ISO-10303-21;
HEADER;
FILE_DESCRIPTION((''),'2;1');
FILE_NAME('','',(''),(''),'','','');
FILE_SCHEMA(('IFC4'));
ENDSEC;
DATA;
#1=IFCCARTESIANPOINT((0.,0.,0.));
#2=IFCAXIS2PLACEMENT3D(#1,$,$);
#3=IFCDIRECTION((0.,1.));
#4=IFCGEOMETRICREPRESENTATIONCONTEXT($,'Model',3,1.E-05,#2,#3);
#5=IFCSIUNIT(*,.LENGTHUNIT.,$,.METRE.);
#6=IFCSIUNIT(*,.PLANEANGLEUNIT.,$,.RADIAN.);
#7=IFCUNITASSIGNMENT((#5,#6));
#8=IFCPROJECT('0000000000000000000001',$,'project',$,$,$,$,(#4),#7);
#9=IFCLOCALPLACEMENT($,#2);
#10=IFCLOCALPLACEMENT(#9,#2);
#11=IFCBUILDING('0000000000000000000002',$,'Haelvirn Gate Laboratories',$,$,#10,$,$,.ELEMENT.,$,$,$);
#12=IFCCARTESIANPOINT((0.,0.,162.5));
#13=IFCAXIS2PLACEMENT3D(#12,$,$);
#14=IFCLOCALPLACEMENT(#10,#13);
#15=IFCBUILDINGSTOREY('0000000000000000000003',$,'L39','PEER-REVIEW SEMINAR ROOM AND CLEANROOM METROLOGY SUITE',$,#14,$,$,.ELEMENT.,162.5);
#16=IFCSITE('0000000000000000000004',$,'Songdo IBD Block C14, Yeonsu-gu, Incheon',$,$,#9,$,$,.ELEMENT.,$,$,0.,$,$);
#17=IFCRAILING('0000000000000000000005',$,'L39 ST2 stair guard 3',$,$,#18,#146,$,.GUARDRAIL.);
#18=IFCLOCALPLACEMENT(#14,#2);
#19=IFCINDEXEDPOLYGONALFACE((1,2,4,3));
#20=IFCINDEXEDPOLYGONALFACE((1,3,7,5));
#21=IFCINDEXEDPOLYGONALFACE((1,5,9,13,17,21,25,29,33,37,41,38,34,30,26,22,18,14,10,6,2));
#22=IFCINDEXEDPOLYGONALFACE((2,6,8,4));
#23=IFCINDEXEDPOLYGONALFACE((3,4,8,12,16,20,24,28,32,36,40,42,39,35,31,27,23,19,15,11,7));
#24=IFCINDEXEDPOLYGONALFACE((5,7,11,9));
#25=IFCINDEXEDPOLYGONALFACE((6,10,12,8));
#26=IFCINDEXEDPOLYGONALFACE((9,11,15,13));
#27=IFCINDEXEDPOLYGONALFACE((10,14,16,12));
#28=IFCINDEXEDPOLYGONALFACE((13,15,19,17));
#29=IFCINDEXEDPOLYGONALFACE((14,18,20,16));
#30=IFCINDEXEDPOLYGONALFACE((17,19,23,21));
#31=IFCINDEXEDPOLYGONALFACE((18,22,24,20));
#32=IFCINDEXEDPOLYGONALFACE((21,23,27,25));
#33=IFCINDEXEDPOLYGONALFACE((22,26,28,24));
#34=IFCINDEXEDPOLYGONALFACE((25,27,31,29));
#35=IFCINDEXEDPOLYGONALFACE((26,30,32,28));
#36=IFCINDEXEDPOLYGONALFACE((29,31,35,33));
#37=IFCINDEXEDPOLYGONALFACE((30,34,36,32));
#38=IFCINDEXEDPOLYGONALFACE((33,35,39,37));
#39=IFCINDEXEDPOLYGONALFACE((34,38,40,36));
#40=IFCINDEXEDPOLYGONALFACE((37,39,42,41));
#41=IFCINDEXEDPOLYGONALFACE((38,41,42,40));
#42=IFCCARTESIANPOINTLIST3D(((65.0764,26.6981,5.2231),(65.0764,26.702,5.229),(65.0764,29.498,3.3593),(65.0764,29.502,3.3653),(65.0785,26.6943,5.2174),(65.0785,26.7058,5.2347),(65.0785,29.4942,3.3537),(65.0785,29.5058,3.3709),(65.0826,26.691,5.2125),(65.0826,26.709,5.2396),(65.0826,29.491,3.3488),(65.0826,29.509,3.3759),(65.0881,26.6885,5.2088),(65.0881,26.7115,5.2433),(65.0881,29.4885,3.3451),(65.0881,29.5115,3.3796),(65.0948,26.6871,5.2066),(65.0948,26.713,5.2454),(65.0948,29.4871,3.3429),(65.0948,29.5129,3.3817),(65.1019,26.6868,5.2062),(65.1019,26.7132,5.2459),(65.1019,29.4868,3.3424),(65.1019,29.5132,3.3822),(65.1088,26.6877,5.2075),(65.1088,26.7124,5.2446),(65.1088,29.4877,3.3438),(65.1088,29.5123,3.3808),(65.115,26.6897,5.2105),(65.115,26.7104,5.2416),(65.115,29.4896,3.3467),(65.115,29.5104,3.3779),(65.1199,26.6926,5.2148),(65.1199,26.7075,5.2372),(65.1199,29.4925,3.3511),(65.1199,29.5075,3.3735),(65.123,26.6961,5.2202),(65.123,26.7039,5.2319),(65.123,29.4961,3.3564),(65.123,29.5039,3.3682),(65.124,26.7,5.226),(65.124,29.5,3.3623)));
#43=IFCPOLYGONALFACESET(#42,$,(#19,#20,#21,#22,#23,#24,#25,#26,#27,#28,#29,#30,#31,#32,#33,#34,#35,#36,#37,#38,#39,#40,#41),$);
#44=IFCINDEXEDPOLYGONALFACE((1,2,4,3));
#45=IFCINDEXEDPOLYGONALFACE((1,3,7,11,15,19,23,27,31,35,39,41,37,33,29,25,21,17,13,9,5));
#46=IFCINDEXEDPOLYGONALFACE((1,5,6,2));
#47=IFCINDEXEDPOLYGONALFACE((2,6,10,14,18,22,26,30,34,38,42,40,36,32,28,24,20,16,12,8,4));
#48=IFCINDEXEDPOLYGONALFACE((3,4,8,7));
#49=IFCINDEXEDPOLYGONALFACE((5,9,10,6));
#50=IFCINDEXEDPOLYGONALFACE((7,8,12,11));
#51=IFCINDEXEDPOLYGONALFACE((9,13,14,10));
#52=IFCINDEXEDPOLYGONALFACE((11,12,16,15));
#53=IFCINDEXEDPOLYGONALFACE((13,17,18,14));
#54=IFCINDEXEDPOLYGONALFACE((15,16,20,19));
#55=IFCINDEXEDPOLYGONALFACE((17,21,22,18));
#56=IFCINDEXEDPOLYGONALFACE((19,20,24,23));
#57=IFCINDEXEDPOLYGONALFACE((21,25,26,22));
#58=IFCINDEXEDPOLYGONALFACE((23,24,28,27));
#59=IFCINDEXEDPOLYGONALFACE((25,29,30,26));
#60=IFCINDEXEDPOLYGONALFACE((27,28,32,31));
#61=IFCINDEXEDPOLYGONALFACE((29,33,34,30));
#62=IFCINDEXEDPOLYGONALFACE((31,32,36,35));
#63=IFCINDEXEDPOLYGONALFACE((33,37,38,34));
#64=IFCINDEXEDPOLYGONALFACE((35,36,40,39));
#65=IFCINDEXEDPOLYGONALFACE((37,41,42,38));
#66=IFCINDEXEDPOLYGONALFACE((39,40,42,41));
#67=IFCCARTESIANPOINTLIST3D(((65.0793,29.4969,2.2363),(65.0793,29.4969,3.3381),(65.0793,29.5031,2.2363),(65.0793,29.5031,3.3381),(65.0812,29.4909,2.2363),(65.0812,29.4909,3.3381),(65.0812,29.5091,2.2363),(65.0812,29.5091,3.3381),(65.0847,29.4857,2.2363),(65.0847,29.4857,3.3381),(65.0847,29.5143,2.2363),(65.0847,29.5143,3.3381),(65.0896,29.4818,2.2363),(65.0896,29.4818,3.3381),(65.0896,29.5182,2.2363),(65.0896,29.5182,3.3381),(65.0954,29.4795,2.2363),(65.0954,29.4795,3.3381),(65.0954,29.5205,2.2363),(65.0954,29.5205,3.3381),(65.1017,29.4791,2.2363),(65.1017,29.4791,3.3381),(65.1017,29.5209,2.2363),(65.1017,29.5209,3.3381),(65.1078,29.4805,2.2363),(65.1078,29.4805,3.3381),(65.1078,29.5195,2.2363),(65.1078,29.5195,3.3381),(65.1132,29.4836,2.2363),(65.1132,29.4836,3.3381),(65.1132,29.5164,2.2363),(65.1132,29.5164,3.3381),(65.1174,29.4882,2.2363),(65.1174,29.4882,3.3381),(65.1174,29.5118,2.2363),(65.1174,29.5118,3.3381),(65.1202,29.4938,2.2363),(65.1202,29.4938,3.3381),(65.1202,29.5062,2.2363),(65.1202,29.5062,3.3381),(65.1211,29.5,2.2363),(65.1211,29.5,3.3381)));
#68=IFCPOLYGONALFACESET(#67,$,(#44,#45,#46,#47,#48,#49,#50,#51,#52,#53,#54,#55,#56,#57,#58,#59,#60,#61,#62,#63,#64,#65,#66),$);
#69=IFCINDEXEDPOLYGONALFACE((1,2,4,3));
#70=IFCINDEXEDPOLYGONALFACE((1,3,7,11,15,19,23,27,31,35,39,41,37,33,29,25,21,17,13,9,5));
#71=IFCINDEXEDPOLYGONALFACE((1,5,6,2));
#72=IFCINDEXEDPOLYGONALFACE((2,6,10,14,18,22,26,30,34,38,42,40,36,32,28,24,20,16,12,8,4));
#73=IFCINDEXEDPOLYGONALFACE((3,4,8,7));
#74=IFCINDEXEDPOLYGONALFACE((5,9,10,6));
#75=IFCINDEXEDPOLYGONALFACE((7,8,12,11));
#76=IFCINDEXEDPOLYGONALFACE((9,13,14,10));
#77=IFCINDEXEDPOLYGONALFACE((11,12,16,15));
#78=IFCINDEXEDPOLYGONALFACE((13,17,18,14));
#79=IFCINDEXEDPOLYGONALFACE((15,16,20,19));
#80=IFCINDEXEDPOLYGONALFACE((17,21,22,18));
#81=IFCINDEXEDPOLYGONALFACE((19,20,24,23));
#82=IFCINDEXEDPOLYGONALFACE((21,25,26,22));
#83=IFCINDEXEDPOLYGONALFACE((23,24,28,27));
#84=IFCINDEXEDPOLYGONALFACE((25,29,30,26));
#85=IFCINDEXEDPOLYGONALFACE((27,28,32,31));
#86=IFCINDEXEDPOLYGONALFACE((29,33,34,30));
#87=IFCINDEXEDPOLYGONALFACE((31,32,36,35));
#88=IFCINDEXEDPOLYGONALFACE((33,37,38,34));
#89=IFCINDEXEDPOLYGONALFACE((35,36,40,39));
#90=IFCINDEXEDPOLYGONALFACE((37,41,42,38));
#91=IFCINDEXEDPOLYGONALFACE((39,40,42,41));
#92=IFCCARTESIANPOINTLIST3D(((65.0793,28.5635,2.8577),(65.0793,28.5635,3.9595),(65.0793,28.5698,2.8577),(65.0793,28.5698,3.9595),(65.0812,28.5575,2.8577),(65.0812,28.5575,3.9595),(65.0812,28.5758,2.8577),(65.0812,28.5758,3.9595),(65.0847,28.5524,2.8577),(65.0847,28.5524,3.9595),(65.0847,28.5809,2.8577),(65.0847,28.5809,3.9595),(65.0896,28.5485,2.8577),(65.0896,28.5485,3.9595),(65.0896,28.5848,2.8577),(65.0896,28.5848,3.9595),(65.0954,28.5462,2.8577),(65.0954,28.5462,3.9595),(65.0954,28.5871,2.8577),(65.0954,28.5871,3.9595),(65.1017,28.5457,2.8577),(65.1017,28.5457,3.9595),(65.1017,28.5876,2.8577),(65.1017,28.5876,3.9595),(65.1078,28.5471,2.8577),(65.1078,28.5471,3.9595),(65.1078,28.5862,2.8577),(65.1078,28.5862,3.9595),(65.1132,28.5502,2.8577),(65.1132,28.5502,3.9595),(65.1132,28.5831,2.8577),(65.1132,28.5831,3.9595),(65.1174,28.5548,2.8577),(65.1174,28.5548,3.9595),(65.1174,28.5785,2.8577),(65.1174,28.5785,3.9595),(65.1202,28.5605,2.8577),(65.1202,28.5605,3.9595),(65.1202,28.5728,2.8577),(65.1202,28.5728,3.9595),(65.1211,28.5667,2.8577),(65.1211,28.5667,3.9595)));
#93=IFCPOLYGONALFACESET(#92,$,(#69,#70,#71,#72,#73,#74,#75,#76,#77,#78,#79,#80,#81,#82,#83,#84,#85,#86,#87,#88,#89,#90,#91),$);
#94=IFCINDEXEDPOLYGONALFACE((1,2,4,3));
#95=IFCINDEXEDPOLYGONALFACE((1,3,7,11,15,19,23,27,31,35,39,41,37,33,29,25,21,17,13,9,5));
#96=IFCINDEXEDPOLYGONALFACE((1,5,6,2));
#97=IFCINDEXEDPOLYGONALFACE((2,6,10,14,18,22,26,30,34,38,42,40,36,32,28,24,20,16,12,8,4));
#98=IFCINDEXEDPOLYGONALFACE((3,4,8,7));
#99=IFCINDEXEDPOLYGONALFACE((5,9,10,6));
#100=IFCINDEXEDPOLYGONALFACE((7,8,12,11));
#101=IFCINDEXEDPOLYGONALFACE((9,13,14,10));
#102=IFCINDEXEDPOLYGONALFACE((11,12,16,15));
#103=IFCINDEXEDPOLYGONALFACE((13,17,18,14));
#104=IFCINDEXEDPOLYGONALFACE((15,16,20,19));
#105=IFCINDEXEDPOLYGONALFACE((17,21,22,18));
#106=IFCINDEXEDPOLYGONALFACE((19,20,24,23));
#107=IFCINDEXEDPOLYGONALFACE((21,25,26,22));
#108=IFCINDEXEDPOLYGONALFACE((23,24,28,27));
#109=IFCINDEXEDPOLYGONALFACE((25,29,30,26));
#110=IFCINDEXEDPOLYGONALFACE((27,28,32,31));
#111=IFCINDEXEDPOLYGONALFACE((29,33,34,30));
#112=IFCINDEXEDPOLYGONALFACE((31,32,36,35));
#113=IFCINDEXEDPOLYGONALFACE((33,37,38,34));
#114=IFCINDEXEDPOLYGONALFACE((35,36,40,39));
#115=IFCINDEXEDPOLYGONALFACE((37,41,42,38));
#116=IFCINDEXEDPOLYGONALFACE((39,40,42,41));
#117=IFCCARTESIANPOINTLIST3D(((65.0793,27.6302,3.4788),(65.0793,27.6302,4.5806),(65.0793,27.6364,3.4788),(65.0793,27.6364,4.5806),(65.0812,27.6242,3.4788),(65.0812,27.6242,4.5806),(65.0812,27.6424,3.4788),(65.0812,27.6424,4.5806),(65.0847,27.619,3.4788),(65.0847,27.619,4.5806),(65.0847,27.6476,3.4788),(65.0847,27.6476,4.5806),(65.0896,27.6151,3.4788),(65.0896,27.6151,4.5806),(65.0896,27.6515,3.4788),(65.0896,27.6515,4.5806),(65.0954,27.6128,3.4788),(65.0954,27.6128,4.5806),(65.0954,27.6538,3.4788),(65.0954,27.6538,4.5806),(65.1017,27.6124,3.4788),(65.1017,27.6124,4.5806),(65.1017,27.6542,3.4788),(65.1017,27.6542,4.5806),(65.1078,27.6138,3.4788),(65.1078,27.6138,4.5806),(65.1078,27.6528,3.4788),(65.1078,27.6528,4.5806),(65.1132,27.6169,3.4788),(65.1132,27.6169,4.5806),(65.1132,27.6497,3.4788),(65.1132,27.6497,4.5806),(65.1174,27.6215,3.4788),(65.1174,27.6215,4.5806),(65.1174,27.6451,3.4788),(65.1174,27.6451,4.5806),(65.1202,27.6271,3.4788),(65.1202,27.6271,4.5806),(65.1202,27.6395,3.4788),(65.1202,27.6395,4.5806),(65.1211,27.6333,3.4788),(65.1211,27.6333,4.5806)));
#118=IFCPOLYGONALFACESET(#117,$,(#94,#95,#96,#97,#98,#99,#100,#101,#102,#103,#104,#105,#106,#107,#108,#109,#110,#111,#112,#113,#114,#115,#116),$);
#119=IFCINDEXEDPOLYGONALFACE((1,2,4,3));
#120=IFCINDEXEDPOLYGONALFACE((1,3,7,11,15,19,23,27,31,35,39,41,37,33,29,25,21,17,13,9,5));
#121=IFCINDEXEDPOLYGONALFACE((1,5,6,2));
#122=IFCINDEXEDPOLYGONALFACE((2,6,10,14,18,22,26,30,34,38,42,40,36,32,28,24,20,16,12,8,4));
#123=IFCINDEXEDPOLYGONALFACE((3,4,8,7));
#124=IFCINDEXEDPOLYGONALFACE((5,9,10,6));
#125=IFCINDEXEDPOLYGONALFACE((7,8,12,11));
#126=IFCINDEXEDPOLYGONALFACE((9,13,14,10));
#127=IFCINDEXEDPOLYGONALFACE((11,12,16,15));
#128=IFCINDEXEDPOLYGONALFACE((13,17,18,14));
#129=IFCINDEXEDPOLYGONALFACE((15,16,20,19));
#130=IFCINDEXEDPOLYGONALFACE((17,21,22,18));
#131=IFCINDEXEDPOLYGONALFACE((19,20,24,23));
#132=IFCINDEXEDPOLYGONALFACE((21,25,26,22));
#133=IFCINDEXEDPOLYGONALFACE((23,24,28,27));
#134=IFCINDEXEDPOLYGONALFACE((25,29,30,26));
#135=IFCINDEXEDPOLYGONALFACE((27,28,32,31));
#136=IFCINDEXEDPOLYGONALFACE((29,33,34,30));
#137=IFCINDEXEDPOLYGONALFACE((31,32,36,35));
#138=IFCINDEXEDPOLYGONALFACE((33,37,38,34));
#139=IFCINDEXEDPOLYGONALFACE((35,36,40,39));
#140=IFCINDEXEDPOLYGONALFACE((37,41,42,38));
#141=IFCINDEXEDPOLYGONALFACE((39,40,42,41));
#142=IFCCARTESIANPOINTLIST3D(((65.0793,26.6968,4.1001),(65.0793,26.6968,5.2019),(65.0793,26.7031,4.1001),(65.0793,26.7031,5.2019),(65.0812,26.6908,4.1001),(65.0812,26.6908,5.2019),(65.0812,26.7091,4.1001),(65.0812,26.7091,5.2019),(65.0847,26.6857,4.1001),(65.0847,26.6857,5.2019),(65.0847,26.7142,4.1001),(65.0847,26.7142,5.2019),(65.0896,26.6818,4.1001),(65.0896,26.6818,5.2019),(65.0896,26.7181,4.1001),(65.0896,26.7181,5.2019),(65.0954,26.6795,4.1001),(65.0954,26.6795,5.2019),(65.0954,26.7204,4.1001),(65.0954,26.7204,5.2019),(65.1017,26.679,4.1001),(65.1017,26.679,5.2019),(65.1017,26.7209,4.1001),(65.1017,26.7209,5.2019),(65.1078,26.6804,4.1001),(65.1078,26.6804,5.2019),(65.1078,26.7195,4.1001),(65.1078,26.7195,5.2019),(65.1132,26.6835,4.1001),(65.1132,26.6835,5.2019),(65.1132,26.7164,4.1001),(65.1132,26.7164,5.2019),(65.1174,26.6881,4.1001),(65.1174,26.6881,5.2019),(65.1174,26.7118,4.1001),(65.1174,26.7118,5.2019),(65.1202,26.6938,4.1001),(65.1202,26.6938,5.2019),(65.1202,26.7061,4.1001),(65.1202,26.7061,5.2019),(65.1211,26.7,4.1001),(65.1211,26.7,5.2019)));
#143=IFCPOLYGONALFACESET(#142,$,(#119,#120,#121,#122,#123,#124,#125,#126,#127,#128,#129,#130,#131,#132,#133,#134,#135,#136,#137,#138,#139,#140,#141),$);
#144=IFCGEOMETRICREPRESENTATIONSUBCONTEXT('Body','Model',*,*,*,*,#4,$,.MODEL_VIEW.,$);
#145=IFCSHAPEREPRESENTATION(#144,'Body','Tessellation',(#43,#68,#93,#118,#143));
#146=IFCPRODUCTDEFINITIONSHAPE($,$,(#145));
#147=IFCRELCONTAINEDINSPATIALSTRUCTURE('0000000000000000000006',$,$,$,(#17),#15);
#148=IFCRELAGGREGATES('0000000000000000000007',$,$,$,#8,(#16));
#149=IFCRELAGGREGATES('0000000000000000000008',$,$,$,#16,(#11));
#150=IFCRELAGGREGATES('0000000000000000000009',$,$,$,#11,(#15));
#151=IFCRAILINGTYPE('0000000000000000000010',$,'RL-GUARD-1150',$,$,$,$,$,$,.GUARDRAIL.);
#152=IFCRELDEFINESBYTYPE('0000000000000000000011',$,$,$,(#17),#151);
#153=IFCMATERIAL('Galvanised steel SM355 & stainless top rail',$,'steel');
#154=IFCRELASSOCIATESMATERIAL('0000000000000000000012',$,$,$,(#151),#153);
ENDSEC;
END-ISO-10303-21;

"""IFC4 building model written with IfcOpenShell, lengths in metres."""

from ifc_helpers import new_model, si_unit, direction, frame, origin, origin_2d, place, context, subcontext, project, spatial, circle, extrude, source, transform, mapped, material, type_object, element, save


model = new_model("IFC4")

# Units and contexts
model_context = context("Model", 3, precision=1e-05, world=origin(), true_north=direction((0.0, 1.0)))
body_context = subcontext(model_context, "Body", "Model", "MODEL_VIEW")
ifc_project = project(units=[si_unit("LENGTHUNIT", "METRE"), si_unit("PLANEANGLEUNIT", "RADIAN")], contexts=[model_context])

# Site, building, storey
site_placement = place(None, origin())
site = spatial("IfcSite", under=ifc_project, at=site_placement, Name="Songdo IBD Block C14, Yeonsu-gu, Incheon", CompositionType="ELEMENT", RefElevation=0.0)
building_placement = place(site_placement, origin())
building = spatial("IfcBuilding", under=site, at=building_placement, Name="Haelvirn Gate Laboratories", CompositionType="ELEMENT")
storey_placement = place(building_placement, frame((0.0, 0.0, 162.5)))
storey = spatial("IfcBuildingStorey", under=building, at=storey_placement, Name="L39", Description="PEER-REVIEW SEMINAR ROOM AND CLEANROOM METROLOGY SUITE", CompositionType="ELEMENT", Elevation=162.5)

# Railing
ifc_material_1 = material(Name="Galvanised steel SM355 & stainless top rail", Category="steel")
railing_type_1 = type_object("IfcRailingType", Name="RL-GUARD-1150", PredefinedType="GUARDRAIL", material=ifc_material_1)
shared_shape_1 = source(origin(), body_context, "Body", "SweptSolid", [
    extrude(circle(Radius=0.0239, at=origin_2d()), frame((0.0, 0.0, 1.126), z_axis=(0.0, -0.832452, 0.554097), x_axis=(1.0, 0.0, 0.0)), (0.0, 0.0, 1.0), 3.3635),
    extrude(circle(Radius=0.021, at=origin_2d()), origin(), (0.0, 0.0, 1.0), 1.1018),
    extrude(circle(Radius=0.021, at=origin_2d()), frame((0.0, -0.9333, 0.6213)), (0.0, 0.0, 1.0), 1.1018),
    extrude(circle(Radius=0.021, at=origin_2d()), frame((0.0, -1.8667, 1.2424)), (0.0, 0.0, 1.0), 1.1018),
    extrude(circle(Radius=0.021, at=origin_2d()), frame((0.0, -2.8, 1.8638)), (0.0, 0.0, 1.0), 1.1018),
])
railing_1_placement = place(storey_placement, frame((65.1001, 29.5, 2.2363)))
element("IfcRailing", 1, at=railing_1_placement, inside=storey, type_object=railing_type_1, Name="L39 ST2 stair guard 3", PredefinedType="GUARDRAIL", context=body_context, shape_type="MappedRepresentation", body=[
    mapped(shared_shape_1, transform((0.0, 0.0, 0.0), scale=1.0)),
])

save(model, "model.ifc")
